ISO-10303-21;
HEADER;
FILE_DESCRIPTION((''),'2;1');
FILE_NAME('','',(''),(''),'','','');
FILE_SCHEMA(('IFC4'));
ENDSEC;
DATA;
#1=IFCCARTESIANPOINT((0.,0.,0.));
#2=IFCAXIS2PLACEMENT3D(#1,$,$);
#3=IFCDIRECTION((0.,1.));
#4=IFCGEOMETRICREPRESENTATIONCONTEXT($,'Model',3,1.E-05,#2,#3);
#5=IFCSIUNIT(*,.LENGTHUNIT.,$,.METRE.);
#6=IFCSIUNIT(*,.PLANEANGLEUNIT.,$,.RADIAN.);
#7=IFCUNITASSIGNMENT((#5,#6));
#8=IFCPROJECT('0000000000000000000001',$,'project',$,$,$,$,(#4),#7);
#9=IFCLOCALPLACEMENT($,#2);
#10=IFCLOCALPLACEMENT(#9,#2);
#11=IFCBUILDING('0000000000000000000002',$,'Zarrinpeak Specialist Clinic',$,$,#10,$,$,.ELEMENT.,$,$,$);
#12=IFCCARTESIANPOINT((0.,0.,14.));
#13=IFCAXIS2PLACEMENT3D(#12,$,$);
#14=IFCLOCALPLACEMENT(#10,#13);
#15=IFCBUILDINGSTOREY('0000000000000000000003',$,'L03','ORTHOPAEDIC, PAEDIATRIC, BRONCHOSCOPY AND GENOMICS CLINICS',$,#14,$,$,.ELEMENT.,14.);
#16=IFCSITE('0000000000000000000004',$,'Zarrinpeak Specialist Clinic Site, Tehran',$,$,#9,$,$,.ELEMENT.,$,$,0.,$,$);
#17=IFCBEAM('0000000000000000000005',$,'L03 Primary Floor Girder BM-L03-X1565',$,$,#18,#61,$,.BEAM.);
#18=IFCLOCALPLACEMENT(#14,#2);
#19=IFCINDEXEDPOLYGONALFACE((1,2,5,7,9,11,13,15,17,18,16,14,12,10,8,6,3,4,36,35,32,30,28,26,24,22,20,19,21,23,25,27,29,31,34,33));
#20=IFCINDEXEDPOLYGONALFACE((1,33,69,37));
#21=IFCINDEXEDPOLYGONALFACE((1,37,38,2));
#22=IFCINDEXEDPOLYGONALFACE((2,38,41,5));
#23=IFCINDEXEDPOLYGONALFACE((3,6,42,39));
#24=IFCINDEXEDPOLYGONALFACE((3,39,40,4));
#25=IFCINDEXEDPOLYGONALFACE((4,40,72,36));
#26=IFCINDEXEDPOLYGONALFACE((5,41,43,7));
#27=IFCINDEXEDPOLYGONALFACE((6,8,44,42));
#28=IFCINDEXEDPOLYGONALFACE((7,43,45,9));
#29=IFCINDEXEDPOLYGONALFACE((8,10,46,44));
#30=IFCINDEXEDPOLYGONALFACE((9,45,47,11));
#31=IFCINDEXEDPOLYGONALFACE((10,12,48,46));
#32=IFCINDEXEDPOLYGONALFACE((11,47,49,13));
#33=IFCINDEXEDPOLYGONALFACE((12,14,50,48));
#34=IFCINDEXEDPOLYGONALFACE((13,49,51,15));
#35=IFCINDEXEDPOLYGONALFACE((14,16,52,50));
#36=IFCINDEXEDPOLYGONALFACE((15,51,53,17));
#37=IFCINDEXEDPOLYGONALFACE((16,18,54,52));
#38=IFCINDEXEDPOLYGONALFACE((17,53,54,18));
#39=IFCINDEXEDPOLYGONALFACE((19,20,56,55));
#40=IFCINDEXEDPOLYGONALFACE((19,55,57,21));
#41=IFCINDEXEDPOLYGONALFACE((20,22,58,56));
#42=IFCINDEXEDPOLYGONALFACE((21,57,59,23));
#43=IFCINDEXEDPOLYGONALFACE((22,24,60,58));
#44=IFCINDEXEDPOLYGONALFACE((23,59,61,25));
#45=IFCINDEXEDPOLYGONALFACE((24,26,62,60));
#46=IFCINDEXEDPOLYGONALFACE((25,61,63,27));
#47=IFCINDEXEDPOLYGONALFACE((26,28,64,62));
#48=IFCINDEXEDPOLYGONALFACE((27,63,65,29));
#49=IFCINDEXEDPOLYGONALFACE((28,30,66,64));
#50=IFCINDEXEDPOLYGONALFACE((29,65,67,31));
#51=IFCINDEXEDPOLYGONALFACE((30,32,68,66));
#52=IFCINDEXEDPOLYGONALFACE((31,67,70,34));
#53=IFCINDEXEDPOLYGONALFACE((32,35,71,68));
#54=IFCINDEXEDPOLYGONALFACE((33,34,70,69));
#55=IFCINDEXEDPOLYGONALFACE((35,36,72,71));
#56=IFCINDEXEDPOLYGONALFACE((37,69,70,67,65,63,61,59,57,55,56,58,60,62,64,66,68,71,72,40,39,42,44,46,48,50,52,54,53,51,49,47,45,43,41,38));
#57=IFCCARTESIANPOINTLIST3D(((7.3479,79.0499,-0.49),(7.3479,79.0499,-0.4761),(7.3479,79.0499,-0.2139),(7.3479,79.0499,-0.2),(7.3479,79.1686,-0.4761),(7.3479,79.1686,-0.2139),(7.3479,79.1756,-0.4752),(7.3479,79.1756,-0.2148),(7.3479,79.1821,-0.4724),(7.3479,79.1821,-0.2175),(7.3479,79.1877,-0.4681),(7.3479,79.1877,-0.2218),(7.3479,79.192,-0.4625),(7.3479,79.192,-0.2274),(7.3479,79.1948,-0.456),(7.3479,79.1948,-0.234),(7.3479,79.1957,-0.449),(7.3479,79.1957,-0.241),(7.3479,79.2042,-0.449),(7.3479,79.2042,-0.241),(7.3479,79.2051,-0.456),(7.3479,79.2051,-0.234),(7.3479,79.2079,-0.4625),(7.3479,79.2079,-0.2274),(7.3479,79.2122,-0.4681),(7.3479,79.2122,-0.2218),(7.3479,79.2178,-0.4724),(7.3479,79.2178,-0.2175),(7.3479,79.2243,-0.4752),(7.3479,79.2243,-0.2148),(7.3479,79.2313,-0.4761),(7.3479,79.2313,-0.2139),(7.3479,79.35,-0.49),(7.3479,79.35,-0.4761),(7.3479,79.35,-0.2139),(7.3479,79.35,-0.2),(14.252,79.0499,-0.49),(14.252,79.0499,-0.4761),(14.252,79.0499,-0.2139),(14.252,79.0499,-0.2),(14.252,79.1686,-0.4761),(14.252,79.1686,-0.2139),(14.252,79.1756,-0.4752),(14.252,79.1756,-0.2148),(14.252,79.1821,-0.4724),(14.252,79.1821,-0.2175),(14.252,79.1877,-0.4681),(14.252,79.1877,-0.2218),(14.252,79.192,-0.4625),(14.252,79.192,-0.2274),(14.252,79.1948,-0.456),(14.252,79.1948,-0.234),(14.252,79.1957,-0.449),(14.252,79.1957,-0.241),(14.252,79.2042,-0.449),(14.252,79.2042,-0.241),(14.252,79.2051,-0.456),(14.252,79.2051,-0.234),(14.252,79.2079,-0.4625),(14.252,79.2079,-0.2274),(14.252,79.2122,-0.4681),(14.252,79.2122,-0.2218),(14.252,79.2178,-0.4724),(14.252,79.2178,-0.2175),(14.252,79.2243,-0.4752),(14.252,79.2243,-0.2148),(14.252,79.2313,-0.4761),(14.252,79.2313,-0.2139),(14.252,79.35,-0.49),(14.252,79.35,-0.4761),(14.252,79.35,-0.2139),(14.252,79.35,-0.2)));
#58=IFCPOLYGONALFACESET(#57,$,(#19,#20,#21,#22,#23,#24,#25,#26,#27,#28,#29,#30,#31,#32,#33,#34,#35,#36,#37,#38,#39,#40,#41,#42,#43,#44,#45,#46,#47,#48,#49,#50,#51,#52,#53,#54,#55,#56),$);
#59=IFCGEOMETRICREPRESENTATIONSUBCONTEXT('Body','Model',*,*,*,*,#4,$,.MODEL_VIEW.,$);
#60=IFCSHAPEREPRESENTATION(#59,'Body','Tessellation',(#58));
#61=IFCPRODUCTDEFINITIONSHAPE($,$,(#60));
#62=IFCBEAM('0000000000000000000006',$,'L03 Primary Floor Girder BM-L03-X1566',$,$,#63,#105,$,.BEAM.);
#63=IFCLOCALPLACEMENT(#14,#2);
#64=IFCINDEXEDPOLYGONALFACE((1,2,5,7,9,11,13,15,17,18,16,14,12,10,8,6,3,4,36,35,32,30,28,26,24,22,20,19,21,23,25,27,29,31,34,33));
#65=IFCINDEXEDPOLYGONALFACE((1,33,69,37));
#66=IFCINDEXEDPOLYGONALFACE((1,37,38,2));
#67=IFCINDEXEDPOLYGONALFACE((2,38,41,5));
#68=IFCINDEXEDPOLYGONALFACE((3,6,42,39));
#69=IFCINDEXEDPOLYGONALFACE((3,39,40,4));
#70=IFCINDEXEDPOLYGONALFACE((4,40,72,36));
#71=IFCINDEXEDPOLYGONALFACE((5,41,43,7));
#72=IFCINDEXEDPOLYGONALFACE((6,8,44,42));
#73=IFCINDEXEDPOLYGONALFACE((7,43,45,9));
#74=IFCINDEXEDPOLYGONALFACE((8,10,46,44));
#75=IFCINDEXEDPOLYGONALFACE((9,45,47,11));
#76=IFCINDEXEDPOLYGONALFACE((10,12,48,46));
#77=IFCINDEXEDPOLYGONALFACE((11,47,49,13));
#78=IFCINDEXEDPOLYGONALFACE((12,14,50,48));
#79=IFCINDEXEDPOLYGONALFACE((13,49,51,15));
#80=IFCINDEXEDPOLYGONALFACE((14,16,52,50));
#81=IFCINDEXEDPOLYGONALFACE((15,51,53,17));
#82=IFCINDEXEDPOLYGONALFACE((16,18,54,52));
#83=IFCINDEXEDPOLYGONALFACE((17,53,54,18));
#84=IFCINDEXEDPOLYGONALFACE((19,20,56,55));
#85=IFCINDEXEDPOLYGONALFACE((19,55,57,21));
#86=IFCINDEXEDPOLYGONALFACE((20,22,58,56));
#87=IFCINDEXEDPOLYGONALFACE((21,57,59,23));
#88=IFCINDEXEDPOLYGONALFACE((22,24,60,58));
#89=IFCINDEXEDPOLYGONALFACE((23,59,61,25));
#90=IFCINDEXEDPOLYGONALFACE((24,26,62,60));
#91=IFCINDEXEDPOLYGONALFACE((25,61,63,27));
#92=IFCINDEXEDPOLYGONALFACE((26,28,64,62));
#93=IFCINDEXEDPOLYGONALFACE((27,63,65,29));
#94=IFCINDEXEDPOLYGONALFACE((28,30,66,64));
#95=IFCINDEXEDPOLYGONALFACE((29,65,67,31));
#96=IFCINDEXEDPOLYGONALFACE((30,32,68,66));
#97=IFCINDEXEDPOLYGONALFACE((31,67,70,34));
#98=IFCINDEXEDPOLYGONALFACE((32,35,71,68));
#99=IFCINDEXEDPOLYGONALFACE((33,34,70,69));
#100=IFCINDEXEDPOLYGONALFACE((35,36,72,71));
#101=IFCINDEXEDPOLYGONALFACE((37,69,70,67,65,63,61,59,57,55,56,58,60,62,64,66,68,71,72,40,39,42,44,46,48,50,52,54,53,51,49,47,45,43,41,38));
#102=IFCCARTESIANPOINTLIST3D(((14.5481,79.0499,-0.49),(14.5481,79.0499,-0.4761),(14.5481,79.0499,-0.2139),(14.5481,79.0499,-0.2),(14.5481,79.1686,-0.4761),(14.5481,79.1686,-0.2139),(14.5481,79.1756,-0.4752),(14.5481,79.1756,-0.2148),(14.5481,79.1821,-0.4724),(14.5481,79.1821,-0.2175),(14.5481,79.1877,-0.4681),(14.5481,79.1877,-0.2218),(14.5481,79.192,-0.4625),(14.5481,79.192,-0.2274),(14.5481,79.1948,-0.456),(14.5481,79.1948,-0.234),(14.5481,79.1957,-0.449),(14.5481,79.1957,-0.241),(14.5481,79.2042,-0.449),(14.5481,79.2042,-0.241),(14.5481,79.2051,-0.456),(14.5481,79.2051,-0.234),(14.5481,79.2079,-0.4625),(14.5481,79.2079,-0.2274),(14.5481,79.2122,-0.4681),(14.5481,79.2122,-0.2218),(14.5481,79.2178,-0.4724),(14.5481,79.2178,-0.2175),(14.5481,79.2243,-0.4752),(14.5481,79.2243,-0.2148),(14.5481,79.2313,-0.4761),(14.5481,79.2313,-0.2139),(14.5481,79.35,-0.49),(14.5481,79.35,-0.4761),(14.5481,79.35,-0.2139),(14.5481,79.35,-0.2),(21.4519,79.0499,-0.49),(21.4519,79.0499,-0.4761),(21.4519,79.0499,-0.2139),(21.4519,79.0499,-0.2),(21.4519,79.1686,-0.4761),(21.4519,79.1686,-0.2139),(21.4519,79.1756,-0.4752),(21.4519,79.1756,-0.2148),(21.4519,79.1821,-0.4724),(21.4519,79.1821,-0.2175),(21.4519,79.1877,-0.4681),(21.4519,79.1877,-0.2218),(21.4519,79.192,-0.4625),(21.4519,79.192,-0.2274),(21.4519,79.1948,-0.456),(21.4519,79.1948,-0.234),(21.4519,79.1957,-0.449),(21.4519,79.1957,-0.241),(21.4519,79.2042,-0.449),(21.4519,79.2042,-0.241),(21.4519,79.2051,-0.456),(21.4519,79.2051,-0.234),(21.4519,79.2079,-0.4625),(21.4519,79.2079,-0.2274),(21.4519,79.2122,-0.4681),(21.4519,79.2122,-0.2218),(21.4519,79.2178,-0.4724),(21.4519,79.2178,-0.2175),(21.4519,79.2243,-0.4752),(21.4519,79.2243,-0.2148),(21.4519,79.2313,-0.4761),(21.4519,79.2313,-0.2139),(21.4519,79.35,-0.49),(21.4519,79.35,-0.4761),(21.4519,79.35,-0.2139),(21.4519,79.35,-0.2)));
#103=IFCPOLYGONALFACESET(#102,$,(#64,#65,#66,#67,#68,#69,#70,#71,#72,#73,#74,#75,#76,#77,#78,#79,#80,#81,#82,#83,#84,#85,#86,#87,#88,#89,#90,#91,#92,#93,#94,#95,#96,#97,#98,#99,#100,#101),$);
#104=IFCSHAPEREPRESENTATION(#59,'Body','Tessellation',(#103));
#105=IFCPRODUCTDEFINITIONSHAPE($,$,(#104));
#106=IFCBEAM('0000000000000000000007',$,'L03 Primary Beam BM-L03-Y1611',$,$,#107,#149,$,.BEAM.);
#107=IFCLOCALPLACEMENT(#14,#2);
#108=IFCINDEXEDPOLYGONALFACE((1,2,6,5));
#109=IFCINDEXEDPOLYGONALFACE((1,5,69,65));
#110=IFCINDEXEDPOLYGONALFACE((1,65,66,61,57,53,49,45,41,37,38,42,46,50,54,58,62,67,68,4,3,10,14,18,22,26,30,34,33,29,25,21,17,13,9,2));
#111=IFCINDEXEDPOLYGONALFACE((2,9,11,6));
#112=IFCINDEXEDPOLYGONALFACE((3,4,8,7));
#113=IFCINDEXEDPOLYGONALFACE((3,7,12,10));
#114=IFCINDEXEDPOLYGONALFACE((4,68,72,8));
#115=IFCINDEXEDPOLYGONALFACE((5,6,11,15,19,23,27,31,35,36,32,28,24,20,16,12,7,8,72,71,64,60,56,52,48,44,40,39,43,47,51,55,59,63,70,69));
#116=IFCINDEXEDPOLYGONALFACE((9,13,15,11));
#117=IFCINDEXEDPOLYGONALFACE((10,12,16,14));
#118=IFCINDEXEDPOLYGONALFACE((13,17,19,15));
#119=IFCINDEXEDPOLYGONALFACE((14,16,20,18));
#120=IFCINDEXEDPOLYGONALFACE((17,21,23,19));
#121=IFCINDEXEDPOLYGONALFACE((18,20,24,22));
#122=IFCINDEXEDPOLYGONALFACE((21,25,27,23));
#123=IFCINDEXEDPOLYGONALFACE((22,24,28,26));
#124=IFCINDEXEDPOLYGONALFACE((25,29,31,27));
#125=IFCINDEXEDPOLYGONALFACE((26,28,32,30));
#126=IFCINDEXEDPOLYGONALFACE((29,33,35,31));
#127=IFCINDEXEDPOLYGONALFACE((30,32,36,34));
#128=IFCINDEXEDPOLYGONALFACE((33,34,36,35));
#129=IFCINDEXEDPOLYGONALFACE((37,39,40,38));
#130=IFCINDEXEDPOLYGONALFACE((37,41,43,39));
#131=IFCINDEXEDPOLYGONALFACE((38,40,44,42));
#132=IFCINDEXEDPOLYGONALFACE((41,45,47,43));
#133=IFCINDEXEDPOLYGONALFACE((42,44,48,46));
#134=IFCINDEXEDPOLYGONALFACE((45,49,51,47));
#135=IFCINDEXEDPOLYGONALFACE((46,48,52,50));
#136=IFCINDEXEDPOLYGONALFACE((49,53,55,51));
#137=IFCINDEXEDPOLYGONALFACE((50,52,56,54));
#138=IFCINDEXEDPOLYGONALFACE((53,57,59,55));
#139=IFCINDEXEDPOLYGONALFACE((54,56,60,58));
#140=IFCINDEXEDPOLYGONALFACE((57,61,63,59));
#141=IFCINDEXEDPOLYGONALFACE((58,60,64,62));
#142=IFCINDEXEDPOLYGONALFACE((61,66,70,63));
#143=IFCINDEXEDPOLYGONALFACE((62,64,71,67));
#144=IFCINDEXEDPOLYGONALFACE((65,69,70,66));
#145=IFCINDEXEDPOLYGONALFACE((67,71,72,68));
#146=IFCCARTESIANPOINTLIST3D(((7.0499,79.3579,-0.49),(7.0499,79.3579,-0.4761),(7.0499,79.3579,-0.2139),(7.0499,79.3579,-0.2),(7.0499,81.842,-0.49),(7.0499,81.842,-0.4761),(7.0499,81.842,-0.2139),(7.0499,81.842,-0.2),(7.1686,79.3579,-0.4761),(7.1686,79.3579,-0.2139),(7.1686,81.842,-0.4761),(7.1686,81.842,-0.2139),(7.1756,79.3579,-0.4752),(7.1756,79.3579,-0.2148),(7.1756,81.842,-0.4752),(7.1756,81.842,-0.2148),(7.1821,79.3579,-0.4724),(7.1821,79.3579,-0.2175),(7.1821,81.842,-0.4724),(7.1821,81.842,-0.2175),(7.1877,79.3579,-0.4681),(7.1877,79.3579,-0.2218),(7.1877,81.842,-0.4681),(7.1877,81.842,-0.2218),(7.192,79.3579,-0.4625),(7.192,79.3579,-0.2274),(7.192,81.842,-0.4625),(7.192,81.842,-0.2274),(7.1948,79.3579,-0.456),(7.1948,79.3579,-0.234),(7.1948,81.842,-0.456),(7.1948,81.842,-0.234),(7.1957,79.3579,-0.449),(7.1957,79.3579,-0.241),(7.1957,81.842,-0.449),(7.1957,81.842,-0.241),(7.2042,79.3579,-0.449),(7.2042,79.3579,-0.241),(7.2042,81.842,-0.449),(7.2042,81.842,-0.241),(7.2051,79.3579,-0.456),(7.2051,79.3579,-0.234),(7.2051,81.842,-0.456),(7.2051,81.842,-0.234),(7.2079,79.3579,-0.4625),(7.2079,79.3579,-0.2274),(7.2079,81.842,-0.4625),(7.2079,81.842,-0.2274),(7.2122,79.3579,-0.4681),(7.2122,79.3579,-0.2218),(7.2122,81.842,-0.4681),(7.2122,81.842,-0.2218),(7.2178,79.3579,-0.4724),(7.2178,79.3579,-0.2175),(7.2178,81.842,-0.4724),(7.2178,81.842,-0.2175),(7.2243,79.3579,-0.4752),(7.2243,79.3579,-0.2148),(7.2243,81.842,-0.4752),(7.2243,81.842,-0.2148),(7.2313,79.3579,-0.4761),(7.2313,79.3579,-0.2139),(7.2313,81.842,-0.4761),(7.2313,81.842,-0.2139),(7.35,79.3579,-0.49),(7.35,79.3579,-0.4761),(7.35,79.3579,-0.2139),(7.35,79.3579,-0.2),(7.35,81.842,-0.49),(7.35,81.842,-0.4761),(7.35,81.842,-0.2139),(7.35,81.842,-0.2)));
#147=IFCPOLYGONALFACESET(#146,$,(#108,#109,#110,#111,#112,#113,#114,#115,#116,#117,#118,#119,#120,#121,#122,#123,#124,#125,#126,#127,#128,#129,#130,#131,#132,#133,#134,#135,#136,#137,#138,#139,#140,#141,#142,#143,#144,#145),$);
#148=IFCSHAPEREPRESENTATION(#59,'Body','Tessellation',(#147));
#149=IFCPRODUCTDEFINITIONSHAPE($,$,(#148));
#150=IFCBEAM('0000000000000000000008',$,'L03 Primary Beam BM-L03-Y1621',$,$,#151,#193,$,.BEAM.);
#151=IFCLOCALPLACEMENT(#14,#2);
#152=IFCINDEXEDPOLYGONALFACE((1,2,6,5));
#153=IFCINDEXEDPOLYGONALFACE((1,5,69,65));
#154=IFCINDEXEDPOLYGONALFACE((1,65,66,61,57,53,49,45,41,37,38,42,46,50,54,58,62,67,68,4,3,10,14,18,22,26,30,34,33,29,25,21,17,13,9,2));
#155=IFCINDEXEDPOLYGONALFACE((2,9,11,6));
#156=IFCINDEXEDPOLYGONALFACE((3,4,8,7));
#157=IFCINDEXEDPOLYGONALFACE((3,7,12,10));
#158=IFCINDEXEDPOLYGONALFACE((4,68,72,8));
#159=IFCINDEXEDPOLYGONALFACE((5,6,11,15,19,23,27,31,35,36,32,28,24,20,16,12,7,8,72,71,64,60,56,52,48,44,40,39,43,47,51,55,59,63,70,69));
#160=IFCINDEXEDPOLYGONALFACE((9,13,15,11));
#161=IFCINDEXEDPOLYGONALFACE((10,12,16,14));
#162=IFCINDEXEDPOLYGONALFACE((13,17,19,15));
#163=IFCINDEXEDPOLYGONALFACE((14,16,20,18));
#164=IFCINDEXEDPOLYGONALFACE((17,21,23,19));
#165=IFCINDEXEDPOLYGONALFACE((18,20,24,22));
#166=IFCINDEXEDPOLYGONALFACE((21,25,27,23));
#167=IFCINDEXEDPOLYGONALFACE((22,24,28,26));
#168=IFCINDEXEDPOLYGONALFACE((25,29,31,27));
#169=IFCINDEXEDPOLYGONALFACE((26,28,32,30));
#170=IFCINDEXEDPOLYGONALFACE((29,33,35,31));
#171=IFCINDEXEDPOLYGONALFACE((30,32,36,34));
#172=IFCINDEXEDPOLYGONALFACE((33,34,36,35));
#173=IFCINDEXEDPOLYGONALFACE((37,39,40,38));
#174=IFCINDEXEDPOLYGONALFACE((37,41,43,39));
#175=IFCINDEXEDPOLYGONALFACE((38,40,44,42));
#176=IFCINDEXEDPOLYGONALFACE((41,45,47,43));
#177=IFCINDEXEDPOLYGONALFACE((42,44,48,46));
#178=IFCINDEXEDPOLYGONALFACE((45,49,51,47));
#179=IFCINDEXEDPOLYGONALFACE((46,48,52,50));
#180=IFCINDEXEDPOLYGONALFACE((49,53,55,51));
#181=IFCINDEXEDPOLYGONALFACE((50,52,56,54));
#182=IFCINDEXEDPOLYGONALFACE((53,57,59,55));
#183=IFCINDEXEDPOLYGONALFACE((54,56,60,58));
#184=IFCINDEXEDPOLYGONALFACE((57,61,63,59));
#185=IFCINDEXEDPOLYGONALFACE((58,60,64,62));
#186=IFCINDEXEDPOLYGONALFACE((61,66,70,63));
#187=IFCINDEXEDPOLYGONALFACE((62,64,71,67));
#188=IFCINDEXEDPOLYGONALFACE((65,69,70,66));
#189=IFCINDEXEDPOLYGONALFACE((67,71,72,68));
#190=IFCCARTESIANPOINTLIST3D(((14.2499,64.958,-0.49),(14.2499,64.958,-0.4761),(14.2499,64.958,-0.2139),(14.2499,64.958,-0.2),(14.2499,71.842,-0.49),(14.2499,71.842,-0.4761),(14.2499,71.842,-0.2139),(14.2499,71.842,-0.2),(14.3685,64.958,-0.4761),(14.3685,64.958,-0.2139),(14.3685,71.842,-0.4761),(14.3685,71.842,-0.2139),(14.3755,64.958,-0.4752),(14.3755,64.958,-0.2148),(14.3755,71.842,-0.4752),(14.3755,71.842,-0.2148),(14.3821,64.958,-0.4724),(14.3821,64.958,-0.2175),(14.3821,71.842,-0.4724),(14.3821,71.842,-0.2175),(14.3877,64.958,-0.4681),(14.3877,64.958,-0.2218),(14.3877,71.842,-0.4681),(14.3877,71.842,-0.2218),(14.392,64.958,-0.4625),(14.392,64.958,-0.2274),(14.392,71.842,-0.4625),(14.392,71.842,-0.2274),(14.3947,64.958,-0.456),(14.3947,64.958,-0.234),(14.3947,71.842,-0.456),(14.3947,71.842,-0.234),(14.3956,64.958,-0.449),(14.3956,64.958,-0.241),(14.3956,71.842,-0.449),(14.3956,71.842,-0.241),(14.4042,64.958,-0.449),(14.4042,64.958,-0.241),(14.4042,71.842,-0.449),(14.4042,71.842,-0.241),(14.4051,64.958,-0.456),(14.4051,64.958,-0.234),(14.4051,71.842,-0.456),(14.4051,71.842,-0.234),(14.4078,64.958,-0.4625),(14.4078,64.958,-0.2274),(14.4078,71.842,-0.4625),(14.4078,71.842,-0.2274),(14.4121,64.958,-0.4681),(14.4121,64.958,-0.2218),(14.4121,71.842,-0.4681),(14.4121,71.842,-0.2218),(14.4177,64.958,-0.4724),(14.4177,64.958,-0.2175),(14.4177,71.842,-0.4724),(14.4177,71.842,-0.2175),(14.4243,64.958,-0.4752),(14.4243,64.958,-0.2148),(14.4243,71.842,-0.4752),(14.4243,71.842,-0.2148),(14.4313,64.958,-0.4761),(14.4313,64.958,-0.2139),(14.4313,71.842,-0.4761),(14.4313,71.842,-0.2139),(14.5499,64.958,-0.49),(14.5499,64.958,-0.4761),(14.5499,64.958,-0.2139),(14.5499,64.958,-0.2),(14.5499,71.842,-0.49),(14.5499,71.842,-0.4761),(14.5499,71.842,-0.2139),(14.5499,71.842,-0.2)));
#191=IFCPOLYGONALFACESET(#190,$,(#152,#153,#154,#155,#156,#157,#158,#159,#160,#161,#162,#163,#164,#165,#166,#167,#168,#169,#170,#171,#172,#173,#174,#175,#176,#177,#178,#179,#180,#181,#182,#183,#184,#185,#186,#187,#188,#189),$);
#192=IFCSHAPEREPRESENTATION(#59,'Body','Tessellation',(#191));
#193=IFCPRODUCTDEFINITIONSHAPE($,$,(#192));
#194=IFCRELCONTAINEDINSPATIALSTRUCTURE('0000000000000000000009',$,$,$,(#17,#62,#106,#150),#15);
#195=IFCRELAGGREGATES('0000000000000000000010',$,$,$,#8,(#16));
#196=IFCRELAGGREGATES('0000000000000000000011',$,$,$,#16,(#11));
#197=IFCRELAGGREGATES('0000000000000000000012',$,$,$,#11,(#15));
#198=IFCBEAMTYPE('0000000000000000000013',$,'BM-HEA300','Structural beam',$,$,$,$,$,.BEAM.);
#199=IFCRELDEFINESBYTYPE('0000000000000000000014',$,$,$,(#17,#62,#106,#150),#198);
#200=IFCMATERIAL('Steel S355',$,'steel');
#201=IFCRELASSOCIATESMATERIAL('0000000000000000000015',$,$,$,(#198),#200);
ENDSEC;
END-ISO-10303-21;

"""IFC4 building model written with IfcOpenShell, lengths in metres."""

from ifc_helpers import new_model, si_unit, direction, frame, origin, origin_2d, place, context, subcontext, project, spatial, i_section, extrude, material, material_profile, profile_set, type_object, element, save


model = new_model("IFC4")

# Units and contexts
model_context = context("Model", 3, precision=1e-05, world=origin(), true_north=direction((0.0, 1.0)))
body_context = subcontext(model_context, "Body", "Model", "MODEL_VIEW")
ifc_project = project(units=[si_unit("LENGTHUNIT", "METRE"), si_unit("PLANEANGLEUNIT", "RADIAN")], contexts=[model_context])

# Site, building, storey
site_placement = place(None, origin())
site = spatial("IfcSite", under=ifc_project, at=site_placement, Name="Zarrinpeak Specialist Clinic Site, Tehran", CompositionType="ELEMENT", RefElevation=0.0)
building_placement = place(site_placement, origin())
building = spatial("IfcBuilding", under=site, at=building_placement, Name="Zarrinpeak Specialist Clinic", CompositionType="ELEMENT")
storey_placement = place(building_placement, frame((0.0, 0.0, 14.0)))
storey = spatial("IfcBuildingStorey", under=building, at=storey_placement, Name="L03", Description="ORTHOPAEDIC, PAEDIATRIC, BRONCHOSCOPY AND GENOMICS CLINICS", CompositionType="ELEMENT", Elevation=14.0)

# Shared definitions
ifc_material_1 = material(Name="Steel S355", Category="steel")

# Beams
ifc_material_profile_1 = material_profile(ifc_material_1, i_section(OverallWidth=0.3, OverallDepth=0.29, WebThickness=0.0085, FlangeThickness=0.0139, FilletRadius=0.0271, at=origin_2d()), Name="HEA 300")
ifc_profile_set_1 = profile_set([ifc_material_profile_1], Name="Steel S355")
beam_type_1 = type_object("IfcBeamType", Name="BM-HEA300", Description="Structural beam", PredefinedType="BEAM", material=ifc_profile_set_1)
beam_1_placement = place(storey_placement, frame((7.3479, 79.2, -0.345), z_axis=(1.0, 0.0, 0.0), x_axis=(0.0, 1.0, 0.0)))
element("IfcBeam", 1, at=beam_1_placement, inside=storey, type_object=beam_type_1, Name="L03 Primary Floor Girder BM-L03-X1565", PredefinedType="BEAM", context=body_context, shape_type="SweptSolid", body=[
    extrude(i_section(OverallWidth=0.3, OverallDepth=0.29, WebThickness=0.0085, FlangeThickness=0.0139, FilletRadius=0.0271, at=origin_2d()), origin(), (0.0, 0.0, 1.0), 6.9041),
])
beam_2_placement = place(storey_placement, frame((14.5481, 79.2, -0.345), z_axis=(1.0, 0.0, 0.0), x_axis=(0.0, 1.0, 0.0)))
element("IfcBeam", 2, at=beam_2_placement, inside=storey, type_object=beam_type_1, Name="L03 Primary Floor Girder BM-L03-X1566", PredefinedType="BEAM", context=body_context, shape_type="SweptSolid", body=[
    extrude(i_section(OverallWidth=0.3, OverallDepth=0.29, WebThickness=0.0085, FlangeThickness=0.0139, FilletRadius=0.0271, at=origin_2d()), origin(), (0.0, 0.0, 1.0), 6.9038),
])
beam_3_placement = place(storey_placement, frame((7.2, 79.3579, -0.345), z_axis=(0.0, 1.0, 0.0), x_axis=(-1.0, 0.0, 0.0)))
element("IfcBeam", 3, at=beam_3_placement, inside=storey, type_object=beam_type_1, Name="L03 Primary Beam BM-L03-Y1611", PredefinedType="BEAM", context=body_context, shape_type="SweptSolid", body=[
    extrude(i_section(OverallWidth=0.3, OverallDepth=0.29, WebThickness=0.0085, FlangeThickness=0.0139, FilletRadius=0.0271, at=origin_2d()), origin(), (0.0, 0.0, 1.0), 2.4841),
])
for number, where, z_axis, x_axis, name in (
    (4, (14.3999, 64.958, -0.345), (0.0, 1.0, 0.0), (-1.0, 0.0, 0.0), "L03 Primary Beam BM-L03-Y1621"),
):
    element("IfcBeam", number, at=place(storey_placement, frame(where, z_axis=z_axis, x_axis=x_axis)), inside=storey, type_object=beam_type_1, Name=name, PredefinedType="BEAM", context=body_context, shape_type="SweptSolid", body=[
        extrude(i_section(OverallWidth=0.3, OverallDepth=0.29, WebThickness=0.0085, FlangeThickness=0.0139, FilletRadius=0.0271, at=origin_2d()), origin(), (0.0, 0.0, 1.0), 6.884),
    ])

save(model, "model.ifc")
